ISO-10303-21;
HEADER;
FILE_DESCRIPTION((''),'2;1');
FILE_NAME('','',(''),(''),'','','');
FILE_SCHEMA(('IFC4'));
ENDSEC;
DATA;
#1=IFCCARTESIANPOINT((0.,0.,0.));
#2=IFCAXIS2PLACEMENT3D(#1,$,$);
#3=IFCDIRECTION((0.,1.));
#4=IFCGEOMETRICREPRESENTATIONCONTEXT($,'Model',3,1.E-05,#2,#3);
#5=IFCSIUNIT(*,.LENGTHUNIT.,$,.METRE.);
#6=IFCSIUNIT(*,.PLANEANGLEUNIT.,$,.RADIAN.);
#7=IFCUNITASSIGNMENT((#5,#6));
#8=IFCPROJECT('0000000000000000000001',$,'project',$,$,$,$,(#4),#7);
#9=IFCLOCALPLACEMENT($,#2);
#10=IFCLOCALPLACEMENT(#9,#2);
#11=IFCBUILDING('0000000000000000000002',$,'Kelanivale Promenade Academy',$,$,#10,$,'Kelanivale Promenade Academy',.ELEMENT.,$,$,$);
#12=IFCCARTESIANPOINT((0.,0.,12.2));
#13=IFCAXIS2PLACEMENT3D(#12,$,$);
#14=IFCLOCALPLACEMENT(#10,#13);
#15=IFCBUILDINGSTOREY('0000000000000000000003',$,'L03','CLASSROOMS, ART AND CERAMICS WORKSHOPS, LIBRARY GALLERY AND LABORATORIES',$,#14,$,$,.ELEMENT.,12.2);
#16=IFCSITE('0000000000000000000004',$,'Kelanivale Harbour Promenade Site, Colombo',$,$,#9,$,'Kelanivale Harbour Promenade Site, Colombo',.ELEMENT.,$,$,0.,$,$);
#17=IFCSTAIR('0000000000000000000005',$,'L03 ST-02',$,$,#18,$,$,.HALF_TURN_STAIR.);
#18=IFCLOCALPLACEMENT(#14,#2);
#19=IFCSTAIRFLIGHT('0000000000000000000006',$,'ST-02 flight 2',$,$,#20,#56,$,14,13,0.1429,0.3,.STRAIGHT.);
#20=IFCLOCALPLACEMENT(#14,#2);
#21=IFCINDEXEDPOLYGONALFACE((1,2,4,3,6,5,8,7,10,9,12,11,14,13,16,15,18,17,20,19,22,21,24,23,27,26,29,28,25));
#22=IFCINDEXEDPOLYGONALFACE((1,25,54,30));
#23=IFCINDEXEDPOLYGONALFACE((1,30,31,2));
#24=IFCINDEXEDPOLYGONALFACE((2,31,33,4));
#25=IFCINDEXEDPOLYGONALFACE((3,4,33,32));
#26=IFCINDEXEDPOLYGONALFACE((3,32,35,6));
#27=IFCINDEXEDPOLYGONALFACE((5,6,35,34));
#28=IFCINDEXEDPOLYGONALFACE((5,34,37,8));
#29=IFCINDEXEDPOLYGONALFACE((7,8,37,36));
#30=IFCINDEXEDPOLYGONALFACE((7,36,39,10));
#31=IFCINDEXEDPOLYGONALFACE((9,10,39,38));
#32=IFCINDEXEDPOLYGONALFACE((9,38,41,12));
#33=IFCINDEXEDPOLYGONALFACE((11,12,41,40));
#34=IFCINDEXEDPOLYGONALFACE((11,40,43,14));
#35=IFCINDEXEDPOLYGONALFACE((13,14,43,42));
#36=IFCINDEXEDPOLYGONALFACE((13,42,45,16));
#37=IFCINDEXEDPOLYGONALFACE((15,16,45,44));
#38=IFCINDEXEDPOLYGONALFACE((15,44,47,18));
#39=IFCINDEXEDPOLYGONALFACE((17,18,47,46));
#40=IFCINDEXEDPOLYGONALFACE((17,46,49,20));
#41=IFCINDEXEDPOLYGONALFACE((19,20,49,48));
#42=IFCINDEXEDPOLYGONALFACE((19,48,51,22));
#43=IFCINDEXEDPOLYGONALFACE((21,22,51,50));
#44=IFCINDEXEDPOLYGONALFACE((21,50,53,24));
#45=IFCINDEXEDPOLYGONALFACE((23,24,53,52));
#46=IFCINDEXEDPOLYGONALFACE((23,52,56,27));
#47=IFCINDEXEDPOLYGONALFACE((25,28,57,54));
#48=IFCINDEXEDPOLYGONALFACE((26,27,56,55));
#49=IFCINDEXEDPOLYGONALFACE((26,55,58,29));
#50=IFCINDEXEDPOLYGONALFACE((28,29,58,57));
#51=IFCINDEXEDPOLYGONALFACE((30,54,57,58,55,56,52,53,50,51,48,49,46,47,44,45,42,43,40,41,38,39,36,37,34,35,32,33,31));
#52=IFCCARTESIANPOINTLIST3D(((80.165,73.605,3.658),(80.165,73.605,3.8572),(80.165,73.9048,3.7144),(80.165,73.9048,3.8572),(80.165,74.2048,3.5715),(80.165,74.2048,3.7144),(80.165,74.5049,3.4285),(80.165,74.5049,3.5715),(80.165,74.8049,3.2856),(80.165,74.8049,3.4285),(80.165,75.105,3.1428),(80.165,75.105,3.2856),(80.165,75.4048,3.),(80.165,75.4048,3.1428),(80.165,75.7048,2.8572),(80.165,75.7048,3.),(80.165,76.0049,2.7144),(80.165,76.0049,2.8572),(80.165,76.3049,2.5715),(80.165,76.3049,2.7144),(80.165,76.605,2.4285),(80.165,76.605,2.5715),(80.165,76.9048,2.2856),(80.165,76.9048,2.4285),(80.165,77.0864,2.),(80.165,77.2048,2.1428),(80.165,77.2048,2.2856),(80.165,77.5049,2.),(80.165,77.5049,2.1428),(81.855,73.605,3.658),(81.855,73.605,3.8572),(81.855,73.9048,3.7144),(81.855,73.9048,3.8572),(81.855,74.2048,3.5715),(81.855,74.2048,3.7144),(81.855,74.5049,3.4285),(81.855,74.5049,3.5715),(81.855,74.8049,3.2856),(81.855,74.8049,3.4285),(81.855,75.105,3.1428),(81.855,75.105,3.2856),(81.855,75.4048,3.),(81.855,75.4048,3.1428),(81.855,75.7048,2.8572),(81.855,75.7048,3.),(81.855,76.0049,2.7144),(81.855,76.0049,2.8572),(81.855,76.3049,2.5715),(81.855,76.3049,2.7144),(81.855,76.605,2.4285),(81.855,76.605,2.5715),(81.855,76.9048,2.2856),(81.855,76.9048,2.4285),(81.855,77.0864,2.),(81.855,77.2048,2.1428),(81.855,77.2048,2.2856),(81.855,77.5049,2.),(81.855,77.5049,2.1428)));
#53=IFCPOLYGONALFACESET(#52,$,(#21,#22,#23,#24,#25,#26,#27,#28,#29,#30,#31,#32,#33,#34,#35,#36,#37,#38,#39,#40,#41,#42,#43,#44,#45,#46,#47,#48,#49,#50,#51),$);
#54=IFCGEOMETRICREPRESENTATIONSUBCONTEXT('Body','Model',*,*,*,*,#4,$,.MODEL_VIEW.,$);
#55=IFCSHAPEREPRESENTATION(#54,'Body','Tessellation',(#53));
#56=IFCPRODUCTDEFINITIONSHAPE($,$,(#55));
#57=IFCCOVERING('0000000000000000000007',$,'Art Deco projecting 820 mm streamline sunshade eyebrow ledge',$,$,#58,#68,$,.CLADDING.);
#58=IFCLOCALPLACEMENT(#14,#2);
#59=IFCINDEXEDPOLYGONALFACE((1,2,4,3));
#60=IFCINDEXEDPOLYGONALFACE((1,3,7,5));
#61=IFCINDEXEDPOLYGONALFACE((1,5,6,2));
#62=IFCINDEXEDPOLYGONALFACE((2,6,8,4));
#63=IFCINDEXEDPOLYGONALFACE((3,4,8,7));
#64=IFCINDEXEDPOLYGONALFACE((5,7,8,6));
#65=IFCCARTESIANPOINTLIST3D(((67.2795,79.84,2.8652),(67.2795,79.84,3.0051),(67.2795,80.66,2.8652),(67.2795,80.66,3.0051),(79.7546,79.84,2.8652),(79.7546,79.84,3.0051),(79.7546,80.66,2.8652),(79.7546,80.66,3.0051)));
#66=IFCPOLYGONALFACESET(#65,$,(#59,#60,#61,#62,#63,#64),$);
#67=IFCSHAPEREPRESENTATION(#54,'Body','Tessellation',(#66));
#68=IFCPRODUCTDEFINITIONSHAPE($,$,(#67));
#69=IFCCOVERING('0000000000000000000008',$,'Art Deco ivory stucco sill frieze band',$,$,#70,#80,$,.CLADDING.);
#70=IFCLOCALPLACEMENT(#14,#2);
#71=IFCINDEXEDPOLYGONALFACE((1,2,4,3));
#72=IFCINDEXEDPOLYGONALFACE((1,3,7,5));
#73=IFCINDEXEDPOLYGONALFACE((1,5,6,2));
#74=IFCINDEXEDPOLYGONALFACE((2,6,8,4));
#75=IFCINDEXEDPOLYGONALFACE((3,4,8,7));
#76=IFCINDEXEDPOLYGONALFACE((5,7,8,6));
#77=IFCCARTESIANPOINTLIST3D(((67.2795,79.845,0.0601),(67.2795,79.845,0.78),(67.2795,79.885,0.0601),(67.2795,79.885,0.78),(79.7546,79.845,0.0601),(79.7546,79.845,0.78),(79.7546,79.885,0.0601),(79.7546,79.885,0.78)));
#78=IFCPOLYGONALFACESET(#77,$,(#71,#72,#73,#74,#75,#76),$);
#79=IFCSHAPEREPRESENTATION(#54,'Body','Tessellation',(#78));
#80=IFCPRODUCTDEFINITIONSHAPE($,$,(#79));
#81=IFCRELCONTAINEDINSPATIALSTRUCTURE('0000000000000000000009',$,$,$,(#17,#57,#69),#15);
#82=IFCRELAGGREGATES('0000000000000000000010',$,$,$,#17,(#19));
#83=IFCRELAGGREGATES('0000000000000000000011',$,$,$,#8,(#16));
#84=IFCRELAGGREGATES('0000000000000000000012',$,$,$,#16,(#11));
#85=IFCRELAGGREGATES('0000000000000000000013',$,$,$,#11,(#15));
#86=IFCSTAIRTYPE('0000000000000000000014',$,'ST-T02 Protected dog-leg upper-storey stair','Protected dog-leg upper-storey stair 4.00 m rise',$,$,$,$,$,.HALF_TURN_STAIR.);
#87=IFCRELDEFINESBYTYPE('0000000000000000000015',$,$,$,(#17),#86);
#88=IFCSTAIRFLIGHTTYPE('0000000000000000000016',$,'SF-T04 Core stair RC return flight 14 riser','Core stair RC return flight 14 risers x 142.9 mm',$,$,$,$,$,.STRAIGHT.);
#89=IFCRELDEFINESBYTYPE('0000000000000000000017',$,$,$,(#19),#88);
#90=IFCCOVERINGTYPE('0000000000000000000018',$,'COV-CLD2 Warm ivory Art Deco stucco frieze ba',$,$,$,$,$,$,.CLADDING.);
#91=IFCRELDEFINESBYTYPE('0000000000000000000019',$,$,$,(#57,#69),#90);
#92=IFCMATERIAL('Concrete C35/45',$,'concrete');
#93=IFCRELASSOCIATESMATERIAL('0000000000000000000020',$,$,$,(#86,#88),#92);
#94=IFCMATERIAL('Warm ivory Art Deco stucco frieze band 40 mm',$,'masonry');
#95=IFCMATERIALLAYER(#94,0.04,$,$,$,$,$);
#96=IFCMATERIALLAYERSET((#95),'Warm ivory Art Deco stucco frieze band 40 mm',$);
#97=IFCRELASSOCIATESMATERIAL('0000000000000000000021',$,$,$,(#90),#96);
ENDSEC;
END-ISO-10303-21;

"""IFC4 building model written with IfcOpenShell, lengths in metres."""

from ifc_helpers import new_model, si_unit, direction, frame, origin, origin_2d, place, context, subcontext, project, spatial, polyline, rectangle, outline, extrude, material, layer, layer_set, type_object, element, aggregate, save


model = new_model("IFC4")

# Units and contexts
model_context = context("Model", 3, precision=1e-05, world=origin(), true_north=direction((0.0, 1.0)))
body_context = subcontext(model_context, "Body", "Model", "MODEL_VIEW")
ifc_project = project(units=[si_unit("LENGTHUNIT", "METRE"), si_unit("PLANEANGLEUNIT", "RADIAN")], contexts=[model_context])

# Site, building, storey
site_placement = place(None, origin())
site = spatial("IfcSite", under=ifc_project, at=site_placement, Name="Kelanivale Harbour Promenade Site, Colombo", LongName="Kelanivale Harbour Promenade Site, Colombo", CompositionType="ELEMENT", RefElevation=0.0)
building_placement = place(site_placement, origin())
building = spatial("IfcBuilding", under=site, at=building_placement, Name="Kelanivale Promenade Academy", LongName="Kelanivale Promenade Academy", CompositionType="ELEMENT")
storey_placement = place(building_placement, frame((0.0, 0.0, 12.2)))
storey = spatial("IfcBuildingStorey", under=building, at=storey_placement, Name="L03", Description="CLASSROOMS, ART AND CERAMICS WORKSHOPS, LIBRARY GALLERY AND LABORATORIES", CompositionType="ELEMENT", Elevation=12.2)

# Shared definitions
ifc_material_1 = material(Name="Concrete C35/45", Category="concrete")

# Stair, stair flight
stair_type = type_object("IfcStairType", Name="ST-T02 Protected dog-leg upper-storey stair", Description="Protected dog-leg upper-storey stair 4.00 m rise", PredefinedType="HALF_TURN_STAIR", material=ifc_material_1)
stair_placement = place(storey_placement, origin())
stair = element("IfcStair", 1, at=stair_placement, inside=storey, type_object=stair_type, Name="L03 ST-02", PredefinedType="HALF_TURN_STAIR")
stair_flight_type_1 = type_object("IfcStairFlightType", Name="SF-T04 Core stair RC return flight 14 riser", Description="Core stair RC return flight 14 risers x 142.9 mm", PredefinedType="STRAIGHT", material=ifc_material_1)
stair_flight_1_placement = place(storey_placement, frame((81.01, 77.5049, 2.0), z_axis=(0.0, 0.0, 1.0), x_axis=(0.0, -1.0, 0.0)))
stair_flight_1 = element("IfcStairFlight", 2, at=stair_flight_1_placement, type_object=stair_flight_type_1, Name="ST-02 flight 2", NumberOfRisers=14, NumberOfTreads=13, PredefinedType="STRAIGHT", RiserHeight=0.1429, TreadLength=0.3, context=body_context, shape_type="SweptSolid", body=[
    extrude(outline(polyline([(0.0, 0.0), (0.0, 0.1428), (0.3, 0.1428), (0.3, 0.2856), (0.6001, 0.2856), (0.6001, 0.4285), (0.8999, 0.4285), (0.8999, 0.5715), (1.2, 0.5715), (1.2, 0.7144), (1.5, 0.7144), (1.5, 0.8572), (1.8, 0.8572), (1.8, 1.0), (2.1001, 1.0), (2.1001, 1.1428), (2.3999, 1.1428), (2.3999, 1.2856), (2.7, 1.2856), (2.7, 1.4285), (3.0, 1.4285), (3.0, 1.5715), (3.3, 1.5715), (3.3, 1.7144), (3.6001, 1.7144), (3.6001, 1.8572), (3.8999, 1.8572), (3.8999, 2.0), (3.8999, 1.658), (0.4185, 0.0), (0.0, 0.0)])), frame((0.0, 0.845, 0.0), z_axis=(0.0, -1.0, 0.0), x_axis=(1.0, 0.0, 0.0)), (0.0, 0.0, 1.0), 1.6899),
])
aggregate(stair, [stair_flight_1])

# Coverings
ifc_material_2 = material(Name="Warm ivory Art Deco stucco frieze band 40 mm", Category="masonry")
ifc_layer_1 = layer(ifc_material_2, 0.04)
ifc_layer_set_1 = layer_set([ifc_layer_1], Name="Warm ivory Art Deco stucco frieze band 40 mm")
covering_type = type_object("IfcCoveringType", Name="COV-CLD2 Warm ivory Art Deco stucco frieze ba", PredefinedType="CLADDING", material=ifc_layer_set_1)
covering_1_placement = place(storey_placement, frame((73.5171, 80.25, 2.8652), z_axis=(0.0, 0.0, 1.0), x_axis=(-1.0, 0.0, 0.0)))
element("IfcCovering", 3, at=covering_1_placement, inside=storey, type_object=covering_type, Name="Art Deco projecting 820 mm streamline sunshade eyebrow ledge", PredefinedType="CLADDING", context=body_context, shape_type="SweptSolid", body=[
    extrude(rectangle(XDim=12.4751, YDim=0.8201, at=origin_2d()), origin(), (0.0, 0.0, 1.0), 0.1399),
])
covering_2_placement = place(storey_placement, frame((73.5171, 79.865, 0.0601), z_axis=(0.0, 0.0, 1.0), x_axis=(-1.0, 0.0, 0.0)))
element("IfcCovering", 4, at=covering_2_placement, inside=storey, type_object=covering_type, Name="Art Deco ivory stucco sill frieze band", PredefinedType="CLADDING", context=body_context, shape_type="SweptSolid", body=[
    extrude(rectangle(XDim=12.4751, YDim=0.04, at=origin_2d()), origin(), (0.0, 0.0, 1.0), 0.72),
])

save(model, "model.ifc")
